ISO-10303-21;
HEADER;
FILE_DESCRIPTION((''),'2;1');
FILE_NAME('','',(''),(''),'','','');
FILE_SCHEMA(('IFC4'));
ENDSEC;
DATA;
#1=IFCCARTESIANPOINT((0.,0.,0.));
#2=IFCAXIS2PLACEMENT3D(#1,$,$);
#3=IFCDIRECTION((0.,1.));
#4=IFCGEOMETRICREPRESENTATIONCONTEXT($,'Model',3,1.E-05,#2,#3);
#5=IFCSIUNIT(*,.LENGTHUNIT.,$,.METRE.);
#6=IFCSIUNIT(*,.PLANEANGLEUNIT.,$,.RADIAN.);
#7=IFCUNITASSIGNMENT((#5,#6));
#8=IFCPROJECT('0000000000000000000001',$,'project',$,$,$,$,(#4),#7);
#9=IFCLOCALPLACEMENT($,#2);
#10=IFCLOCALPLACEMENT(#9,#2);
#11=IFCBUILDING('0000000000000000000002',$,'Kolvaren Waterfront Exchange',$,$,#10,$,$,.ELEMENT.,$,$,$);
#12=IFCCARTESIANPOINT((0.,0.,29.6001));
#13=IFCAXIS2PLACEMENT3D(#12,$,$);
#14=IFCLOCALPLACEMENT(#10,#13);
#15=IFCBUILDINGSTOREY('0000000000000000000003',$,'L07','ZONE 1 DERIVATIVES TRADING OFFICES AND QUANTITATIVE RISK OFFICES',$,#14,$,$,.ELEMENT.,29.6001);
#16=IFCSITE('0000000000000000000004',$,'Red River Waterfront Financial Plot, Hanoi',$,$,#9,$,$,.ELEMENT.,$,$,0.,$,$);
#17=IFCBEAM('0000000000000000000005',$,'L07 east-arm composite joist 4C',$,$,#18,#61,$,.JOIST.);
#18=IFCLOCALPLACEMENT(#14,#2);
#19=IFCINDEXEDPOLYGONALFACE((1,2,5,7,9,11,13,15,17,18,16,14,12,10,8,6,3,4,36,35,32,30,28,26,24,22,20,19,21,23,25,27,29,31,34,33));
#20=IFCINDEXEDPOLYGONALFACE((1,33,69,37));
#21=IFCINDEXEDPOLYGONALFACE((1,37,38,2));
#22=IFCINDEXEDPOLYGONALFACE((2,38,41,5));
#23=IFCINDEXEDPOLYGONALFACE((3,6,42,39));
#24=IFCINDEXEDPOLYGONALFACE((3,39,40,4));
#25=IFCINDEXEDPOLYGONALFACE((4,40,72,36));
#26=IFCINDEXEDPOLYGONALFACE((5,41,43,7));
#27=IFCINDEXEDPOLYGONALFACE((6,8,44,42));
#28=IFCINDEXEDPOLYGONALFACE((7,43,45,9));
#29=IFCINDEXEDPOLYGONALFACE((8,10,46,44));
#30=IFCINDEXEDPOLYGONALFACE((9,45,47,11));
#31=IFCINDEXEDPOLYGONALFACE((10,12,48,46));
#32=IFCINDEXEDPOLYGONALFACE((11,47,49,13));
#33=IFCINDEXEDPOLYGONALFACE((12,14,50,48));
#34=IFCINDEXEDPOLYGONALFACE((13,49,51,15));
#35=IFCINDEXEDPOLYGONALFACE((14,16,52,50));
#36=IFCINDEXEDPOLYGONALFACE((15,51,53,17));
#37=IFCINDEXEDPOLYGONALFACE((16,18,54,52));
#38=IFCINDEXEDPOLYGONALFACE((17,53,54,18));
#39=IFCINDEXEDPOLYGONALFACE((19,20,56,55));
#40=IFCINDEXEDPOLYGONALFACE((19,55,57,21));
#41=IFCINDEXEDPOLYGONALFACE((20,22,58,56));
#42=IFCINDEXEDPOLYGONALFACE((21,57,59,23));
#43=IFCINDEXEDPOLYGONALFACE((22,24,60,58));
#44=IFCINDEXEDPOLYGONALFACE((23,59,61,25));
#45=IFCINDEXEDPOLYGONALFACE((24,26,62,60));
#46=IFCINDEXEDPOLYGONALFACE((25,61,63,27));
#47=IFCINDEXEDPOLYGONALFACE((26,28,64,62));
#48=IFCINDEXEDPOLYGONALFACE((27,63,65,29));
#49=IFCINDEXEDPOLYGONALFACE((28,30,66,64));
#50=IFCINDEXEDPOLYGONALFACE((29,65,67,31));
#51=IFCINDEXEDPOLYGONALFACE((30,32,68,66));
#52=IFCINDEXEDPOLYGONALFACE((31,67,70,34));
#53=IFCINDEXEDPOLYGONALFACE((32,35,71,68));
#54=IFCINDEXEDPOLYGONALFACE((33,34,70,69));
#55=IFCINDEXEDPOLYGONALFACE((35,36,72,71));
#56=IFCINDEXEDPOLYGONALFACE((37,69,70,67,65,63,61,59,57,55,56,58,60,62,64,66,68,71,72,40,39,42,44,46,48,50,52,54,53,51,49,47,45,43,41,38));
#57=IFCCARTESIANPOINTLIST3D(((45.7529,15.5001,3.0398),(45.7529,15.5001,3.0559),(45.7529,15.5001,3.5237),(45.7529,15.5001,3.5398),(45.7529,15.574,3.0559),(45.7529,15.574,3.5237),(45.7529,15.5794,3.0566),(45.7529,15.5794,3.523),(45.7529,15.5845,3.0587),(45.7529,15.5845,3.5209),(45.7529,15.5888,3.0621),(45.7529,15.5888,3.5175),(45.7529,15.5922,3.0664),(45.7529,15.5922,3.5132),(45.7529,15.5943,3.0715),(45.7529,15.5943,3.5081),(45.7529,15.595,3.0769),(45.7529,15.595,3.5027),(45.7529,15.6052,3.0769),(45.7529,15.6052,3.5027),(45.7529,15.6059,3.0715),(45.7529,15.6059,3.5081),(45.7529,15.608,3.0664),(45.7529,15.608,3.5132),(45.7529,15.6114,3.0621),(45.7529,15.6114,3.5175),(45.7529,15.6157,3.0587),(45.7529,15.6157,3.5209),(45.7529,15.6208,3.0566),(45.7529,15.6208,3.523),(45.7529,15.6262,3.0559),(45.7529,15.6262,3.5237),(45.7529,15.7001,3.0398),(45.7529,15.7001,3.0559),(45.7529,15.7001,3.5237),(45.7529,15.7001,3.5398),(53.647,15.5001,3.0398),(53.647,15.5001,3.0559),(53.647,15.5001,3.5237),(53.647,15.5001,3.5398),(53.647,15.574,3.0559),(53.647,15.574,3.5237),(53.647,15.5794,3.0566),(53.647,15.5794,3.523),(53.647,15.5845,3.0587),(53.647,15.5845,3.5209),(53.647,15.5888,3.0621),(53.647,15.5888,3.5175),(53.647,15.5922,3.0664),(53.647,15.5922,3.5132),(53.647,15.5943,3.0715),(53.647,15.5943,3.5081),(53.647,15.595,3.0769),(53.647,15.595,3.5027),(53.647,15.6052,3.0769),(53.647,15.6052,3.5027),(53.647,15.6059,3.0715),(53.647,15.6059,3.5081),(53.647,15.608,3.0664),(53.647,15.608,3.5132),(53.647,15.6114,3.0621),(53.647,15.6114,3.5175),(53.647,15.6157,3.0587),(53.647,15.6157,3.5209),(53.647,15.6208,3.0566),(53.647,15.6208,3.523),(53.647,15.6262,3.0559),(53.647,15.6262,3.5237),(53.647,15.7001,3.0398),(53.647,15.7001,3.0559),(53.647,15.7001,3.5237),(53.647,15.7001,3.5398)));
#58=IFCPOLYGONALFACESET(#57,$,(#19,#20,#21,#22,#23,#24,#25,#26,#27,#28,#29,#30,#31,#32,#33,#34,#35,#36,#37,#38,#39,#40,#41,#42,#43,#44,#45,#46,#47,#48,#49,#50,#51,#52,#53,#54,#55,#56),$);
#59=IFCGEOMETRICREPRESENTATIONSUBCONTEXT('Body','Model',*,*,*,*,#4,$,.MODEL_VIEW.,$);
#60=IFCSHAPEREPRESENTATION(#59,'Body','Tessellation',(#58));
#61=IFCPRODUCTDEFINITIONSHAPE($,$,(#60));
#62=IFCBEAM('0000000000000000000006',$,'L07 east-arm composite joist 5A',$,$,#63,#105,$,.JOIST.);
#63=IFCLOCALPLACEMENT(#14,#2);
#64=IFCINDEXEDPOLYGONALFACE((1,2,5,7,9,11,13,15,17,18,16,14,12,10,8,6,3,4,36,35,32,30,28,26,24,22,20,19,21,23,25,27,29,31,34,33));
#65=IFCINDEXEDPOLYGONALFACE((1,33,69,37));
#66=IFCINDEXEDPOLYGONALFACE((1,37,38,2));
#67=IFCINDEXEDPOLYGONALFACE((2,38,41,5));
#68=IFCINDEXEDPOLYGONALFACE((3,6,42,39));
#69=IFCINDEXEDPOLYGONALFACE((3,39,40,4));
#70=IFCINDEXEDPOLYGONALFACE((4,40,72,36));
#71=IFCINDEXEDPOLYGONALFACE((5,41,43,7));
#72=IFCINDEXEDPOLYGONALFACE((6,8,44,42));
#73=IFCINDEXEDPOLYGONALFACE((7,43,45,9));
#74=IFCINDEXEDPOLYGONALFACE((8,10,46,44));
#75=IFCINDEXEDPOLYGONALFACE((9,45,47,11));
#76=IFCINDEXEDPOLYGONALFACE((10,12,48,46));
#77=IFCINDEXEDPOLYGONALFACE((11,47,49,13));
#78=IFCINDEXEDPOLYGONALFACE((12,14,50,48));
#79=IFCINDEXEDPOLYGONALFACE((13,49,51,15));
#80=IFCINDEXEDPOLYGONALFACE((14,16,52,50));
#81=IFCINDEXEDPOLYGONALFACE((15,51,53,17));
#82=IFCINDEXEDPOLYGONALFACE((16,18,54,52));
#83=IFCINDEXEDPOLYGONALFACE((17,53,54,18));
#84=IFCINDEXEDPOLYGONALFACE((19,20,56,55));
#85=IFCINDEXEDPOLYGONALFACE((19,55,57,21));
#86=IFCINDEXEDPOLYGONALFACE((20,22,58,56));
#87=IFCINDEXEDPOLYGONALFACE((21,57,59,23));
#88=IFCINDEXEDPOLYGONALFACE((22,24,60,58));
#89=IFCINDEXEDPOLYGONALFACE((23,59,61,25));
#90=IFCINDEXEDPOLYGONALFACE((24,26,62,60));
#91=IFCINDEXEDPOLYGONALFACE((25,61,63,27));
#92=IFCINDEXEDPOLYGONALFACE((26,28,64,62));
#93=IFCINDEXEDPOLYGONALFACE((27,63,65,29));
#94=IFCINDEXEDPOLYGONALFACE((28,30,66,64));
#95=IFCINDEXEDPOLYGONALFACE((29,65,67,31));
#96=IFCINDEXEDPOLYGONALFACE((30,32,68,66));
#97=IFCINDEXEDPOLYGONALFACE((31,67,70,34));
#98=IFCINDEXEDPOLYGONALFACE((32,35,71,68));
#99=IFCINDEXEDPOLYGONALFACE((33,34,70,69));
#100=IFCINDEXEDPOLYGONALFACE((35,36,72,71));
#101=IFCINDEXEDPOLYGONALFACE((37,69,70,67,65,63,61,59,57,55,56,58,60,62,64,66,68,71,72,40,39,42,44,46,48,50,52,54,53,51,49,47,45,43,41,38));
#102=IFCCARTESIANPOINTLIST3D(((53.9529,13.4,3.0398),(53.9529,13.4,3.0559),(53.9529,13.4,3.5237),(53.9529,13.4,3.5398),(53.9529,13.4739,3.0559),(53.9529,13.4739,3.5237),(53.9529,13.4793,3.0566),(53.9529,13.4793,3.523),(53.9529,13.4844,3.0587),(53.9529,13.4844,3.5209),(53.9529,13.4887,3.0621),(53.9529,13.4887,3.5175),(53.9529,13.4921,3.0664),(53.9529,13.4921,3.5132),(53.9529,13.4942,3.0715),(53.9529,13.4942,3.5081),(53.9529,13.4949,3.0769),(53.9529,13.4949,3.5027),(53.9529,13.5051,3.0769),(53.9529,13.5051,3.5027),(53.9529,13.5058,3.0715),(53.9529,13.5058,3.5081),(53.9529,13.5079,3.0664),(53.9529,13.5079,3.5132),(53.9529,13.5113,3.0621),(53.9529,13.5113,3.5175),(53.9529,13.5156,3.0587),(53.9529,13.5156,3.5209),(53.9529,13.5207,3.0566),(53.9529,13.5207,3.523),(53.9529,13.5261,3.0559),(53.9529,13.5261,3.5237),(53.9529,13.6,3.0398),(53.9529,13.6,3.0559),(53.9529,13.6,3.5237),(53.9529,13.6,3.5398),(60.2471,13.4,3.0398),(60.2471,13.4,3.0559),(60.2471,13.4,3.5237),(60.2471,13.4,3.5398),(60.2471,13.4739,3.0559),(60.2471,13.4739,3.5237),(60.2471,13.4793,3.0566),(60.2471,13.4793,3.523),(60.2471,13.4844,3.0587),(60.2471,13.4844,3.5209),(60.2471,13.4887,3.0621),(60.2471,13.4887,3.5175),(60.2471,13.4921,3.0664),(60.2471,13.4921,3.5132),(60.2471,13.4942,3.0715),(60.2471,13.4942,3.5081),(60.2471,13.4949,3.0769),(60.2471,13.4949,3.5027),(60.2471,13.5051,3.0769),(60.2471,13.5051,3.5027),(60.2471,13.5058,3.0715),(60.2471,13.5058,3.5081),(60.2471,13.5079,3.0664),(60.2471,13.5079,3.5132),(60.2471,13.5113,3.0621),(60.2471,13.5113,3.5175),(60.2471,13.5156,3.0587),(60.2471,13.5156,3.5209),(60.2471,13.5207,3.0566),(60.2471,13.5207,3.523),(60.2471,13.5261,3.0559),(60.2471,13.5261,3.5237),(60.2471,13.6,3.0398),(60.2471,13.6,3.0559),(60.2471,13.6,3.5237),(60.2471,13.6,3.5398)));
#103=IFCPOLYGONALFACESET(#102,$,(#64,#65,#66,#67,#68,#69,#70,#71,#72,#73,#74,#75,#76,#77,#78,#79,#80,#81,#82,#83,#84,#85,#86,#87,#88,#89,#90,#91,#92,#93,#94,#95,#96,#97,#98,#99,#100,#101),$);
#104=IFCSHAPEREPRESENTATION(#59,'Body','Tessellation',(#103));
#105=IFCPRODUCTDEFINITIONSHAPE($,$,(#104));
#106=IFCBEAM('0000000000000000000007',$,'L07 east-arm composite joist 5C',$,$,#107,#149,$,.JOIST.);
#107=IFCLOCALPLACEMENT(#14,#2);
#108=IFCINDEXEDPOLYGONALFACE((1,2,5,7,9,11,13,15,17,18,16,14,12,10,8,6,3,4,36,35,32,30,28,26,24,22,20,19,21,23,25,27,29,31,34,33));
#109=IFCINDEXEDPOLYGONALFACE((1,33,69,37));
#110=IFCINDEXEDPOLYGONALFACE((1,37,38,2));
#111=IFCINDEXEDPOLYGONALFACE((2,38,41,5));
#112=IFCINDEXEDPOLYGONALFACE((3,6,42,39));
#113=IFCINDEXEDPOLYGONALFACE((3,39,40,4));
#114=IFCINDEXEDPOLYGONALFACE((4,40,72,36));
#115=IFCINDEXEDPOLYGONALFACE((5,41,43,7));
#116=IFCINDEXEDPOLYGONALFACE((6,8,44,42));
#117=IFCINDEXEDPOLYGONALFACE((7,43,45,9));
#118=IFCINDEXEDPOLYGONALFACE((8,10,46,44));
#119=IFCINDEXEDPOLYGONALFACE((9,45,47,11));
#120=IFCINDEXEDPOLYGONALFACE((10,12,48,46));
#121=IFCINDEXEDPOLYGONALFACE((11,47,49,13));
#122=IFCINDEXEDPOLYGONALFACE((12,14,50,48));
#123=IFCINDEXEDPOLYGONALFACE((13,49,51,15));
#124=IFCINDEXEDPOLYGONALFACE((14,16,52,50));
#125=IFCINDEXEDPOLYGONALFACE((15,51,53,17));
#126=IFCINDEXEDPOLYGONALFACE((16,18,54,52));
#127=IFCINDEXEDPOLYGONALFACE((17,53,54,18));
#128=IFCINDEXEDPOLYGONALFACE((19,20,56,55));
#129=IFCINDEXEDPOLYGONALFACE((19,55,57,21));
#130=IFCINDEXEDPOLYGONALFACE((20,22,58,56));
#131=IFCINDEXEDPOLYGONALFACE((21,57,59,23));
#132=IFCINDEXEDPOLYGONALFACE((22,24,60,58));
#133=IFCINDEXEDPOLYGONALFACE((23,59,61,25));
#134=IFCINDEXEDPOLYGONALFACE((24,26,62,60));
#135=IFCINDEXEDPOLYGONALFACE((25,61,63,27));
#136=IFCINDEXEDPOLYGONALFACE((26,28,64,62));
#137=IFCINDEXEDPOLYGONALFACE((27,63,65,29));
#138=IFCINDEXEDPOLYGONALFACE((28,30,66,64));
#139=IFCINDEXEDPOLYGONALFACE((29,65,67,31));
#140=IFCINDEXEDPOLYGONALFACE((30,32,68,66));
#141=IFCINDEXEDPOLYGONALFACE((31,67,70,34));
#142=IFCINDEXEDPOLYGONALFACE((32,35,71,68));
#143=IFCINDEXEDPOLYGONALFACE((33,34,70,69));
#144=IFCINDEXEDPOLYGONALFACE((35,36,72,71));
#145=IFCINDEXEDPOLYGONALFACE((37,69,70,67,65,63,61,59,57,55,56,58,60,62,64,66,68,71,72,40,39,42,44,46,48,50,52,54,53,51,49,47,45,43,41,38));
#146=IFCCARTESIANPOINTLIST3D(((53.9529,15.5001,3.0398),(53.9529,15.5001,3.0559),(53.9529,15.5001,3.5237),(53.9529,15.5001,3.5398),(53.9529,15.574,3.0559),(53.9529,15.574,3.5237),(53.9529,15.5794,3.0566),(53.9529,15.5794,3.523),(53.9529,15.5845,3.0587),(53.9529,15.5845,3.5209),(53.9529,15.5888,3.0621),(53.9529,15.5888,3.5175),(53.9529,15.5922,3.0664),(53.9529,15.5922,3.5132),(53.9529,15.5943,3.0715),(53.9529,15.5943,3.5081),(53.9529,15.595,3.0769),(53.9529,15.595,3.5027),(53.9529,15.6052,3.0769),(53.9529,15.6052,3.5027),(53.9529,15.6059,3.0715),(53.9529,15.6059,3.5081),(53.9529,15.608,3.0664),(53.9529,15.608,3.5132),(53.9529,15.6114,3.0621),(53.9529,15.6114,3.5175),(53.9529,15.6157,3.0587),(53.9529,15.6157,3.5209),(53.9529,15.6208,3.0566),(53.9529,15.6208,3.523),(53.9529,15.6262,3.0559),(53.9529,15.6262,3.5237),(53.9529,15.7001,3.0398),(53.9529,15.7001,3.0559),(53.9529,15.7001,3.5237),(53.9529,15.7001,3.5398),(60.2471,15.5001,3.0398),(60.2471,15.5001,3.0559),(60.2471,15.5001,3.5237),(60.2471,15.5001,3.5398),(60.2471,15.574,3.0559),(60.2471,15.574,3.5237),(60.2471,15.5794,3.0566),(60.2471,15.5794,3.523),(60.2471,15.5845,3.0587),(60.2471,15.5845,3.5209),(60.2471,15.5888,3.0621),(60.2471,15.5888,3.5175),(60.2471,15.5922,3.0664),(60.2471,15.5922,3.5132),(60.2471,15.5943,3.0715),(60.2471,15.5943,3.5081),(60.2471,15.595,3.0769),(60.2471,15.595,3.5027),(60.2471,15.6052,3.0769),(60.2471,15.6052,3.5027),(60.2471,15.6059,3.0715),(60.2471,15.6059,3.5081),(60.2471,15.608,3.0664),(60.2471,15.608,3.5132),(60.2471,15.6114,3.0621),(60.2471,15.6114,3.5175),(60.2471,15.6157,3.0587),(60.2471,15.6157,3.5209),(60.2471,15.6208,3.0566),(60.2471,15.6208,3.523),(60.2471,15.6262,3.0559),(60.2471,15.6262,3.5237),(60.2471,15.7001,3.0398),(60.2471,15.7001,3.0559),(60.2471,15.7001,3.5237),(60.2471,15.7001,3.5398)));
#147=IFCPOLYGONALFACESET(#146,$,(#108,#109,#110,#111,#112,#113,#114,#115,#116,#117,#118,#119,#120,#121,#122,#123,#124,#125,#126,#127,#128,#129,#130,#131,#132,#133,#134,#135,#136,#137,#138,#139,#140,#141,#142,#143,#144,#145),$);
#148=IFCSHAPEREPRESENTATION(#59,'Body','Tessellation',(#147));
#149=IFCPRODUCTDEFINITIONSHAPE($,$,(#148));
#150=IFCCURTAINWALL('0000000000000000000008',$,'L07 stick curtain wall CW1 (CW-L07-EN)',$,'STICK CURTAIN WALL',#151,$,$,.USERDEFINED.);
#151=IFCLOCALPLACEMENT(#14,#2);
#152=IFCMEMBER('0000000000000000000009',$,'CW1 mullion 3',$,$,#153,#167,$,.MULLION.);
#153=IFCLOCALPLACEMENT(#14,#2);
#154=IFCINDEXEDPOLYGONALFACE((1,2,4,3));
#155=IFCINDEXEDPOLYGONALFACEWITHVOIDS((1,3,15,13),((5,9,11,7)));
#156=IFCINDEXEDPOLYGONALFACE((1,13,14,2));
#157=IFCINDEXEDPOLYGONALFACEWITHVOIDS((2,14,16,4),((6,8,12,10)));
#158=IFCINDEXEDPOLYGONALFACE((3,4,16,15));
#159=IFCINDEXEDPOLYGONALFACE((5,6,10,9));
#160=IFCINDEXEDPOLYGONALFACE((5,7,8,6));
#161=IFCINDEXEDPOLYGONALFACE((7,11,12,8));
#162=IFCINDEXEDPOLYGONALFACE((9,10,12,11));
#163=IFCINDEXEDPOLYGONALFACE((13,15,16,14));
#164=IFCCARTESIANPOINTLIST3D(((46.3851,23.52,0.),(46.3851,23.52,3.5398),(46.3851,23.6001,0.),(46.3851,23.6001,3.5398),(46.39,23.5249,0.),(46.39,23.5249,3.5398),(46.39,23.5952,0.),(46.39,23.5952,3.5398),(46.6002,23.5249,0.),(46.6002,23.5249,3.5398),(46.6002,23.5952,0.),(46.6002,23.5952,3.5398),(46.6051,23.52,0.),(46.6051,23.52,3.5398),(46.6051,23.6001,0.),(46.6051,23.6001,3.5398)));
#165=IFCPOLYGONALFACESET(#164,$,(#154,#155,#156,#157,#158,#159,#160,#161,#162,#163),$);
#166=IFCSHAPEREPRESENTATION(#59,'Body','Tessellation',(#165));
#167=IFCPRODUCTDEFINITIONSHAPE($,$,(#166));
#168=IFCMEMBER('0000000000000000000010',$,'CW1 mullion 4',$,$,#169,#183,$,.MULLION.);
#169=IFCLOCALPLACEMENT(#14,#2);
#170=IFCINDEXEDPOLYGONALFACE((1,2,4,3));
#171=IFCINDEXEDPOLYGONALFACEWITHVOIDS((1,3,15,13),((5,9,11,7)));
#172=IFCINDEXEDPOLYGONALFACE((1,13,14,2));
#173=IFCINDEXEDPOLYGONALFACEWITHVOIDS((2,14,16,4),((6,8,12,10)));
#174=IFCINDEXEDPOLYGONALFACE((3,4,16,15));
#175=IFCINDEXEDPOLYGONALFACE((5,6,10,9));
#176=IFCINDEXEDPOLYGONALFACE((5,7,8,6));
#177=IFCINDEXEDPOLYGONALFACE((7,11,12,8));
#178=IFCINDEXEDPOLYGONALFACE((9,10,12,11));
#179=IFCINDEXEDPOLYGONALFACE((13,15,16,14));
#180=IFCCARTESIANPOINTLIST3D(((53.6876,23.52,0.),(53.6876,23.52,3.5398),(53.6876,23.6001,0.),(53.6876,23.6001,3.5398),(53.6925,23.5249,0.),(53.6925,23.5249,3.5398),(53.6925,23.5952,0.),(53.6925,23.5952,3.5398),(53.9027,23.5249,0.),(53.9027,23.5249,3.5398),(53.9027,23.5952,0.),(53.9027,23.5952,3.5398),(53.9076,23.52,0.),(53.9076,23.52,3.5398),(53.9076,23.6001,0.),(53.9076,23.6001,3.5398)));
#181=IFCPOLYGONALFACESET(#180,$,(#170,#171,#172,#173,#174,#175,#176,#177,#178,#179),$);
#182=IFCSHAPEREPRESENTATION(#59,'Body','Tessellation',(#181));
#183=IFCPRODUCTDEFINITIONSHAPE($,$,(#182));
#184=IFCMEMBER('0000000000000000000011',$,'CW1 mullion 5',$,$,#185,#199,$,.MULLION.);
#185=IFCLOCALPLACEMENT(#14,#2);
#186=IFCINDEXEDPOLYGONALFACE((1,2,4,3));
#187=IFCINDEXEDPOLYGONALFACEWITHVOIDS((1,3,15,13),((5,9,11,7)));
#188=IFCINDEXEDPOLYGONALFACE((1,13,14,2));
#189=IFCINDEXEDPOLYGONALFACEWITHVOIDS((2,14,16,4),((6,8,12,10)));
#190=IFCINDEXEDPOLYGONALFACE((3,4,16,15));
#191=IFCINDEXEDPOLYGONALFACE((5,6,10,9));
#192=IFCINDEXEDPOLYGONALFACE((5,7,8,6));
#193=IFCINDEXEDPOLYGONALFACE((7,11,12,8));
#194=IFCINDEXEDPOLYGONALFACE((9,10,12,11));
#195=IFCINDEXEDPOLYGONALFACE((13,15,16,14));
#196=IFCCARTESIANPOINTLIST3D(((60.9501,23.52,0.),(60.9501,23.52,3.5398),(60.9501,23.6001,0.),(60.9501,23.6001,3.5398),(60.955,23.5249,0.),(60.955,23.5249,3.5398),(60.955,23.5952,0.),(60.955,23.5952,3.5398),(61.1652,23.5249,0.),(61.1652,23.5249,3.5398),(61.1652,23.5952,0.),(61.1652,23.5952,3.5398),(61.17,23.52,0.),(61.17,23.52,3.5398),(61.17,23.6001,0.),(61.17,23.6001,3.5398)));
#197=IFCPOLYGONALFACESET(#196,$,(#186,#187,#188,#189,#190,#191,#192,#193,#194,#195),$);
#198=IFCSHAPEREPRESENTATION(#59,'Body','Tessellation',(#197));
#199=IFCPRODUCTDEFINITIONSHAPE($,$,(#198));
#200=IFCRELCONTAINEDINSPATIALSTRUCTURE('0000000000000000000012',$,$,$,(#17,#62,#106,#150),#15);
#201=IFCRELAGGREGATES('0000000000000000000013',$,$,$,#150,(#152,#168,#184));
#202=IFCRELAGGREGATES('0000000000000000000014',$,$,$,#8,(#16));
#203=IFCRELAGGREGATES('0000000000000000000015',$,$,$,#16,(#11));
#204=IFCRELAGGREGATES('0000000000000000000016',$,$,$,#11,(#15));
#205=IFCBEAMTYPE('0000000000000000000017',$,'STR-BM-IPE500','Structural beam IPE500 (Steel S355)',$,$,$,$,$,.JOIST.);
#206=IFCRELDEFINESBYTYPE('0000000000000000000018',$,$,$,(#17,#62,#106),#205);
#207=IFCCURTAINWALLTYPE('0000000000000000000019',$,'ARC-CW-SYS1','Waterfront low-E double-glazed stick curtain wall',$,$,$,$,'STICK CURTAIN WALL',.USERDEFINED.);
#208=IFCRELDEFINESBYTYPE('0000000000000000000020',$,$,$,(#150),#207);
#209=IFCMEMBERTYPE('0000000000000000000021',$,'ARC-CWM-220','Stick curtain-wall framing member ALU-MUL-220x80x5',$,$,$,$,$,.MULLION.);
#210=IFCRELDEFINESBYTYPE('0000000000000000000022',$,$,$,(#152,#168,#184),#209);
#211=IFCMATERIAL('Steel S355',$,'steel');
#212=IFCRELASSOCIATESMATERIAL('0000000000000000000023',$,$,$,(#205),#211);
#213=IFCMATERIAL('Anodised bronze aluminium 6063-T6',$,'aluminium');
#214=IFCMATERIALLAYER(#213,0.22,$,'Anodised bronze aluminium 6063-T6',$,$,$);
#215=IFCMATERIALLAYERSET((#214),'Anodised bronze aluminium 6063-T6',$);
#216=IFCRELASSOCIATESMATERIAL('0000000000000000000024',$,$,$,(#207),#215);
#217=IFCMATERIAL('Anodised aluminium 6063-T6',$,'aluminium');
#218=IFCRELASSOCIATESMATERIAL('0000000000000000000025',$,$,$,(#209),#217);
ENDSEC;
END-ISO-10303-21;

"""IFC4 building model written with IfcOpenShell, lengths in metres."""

from ifc_helpers import new_model, si_unit, direction, frame, origin, origin_with_axes, origin_2d, place, context, subcontext, project, spatial, hollow_rectangle, i_section, extrude, source, transform, mapped, material, layer, layer_set, material_profile, profile_set, type_object, element, aggregate, save


model = new_model("IFC4")

# Units and contexts
model_context = context("Model", 3, precision=1e-05, world=origin(), true_north=direction((0.0, 1.0)))
body_context = subcontext(model_context, "Body", "Model", "MODEL_VIEW")
ifc_project = project(units=[si_unit("LENGTHUNIT", "METRE"), si_unit("PLANEANGLEUNIT", "RADIAN")], contexts=[model_context])

# Site, building, storey
site_placement = place(None, origin())
site = spatial("IfcSite", under=ifc_project, at=site_placement, Name="Red River Waterfront Financial Plot, Hanoi", CompositionType="ELEMENT", RefElevation=0.0)
building_placement = place(site_placement, origin())
building = spatial("IfcBuilding", under=site, at=building_placement, Name="Kolvaren Waterfront Exchange", CompositionType="ELEMENT")
storey_placement = place(building_placement, frame((0.0, 0.0, 29.6001)))
storey = spatial("IfcBuildingStorey", under=building, at=storey_placement, Name="L07", Description="ZONE 1 DERIVATIVES TRADING OFFICES AND QUANTITATIVE RISK OFFICES", CompositionType="ELEMENT", Elevation=29.6001)

# Beams
ifc_material_1 = material(Name="Steel S355", Category="steel")
ifc_material_profile_1 = material_profile(ifc_material_1, i_section(OverallWidth=0.2, OverallDepth=0.5, WebThickness=0.0103, FlangeThickness=0.0161, FilletRadius=0.021, at=origin_2d()), Name="IPE500")
ifc_profile_set_1 = profile_set([ifc_material_profile_1], Name="Steel S355")
beam_type_1 = type_object("IfcBeamType", Name="STR-BM-IPE500", Description="Structural beam IPE500 (Steel S355)", PredefinedType="JOIST", material=ifc_profile_set_1)
for number, where, z_axis, x_axis, name in (
    (1, (45.7529, 15.6001, 3.2898), (1.0, 0.0, 0.0), (0.0, 1.0, 0.0), "L07 east-arm composite joist 4C"),
):
    element("IfcBeam", number, at=place(storey_placement, frame(where, z_axis=z_axis, x_axis=x_axis)), inside=storey, type_object=beam_type_1, Name=name, PredefinedType="JOIST", context=body_context, shape_type="SweptSolid", body=[
        extrude(i_section(OverallWidth=0.2, OverallDepth=0.5, WebThickness=0.0103, FlangeThickness=0.0161, FilletRadius=0.021, at=origin_2d()), origin(), (0.0, 0.0, 1.0), 7.894),
    ])
for number, where, z_axis, x_axis, name in (
    (2, (53.9529, 13.5, 3.2898), (1.0, 0.0, 0.0), (0.0, 1.0, 0.0), "L07 east-arm composite joist 5A"),
    (3, (53.9529, 15.6001, 3.2898), (1.0, 0.0, 0.0), (0.0, 1.0, 0.0), "L07 east-arm composite joist 5C"),
):
    element("IfcBeam", number, at=place(storey_placement, frame(where, z_axis=z_axis, x_axis=x_axis)), inside=storey, type_object=beam_type_1, Name=name, PredefinedType="JOIST", context=body_context, shape_type="SweptSolid", body=[
        extrude(i_section(OverallWidth=0.2, OverallDepth=0.5, WebThickness=0.0103, FlangeThickness=0.0161, FilletRadius=0.021, at=origin_2d()), origin(), (0.0, 0.0, 1.0), 6.2942),
    ])

# Curtain wall, members
ifc_material_2 = material(Name="Anodised bronze aluminium 6063-T6", Category="aluminium")
ifc_layer_1 = layer(ifc_material_2, 0.22, Name="Anodised bronze aluminium 6063-T6")
ifc_layer_set_1 = layer_set([ifc_layer_1], Name="Anodised bronze aluminium 6063-T6")
curtain_wall_type = type_object("IfcCurtainWallType", Name="ARC-CW-SYS1", Description="Waterfront low-E double-glazed stick curtain wall", ElementType="STICK CURTAIN WALL", PredefinedType="USERDEFINED", material=ifc_layer_set_1)
curtain_wall_placement = place(storey_placement, origin())
curtain_wall = element("IfcCurtainWall", 4, at=curtain_wall_placement, inside=storey, type_object=curtain_wall_type, Name="L07 stick curtain wall CW1 (CW-L07-EN)", ObjectType="STICK CURTAIN WALL", PredefinedType="USERDEFINED")
ifc_material_3 = material(Name="Anodised aluminium 6063-T6", Category="aluminium")
ifc_material_profile_2 = material_profile(ifc_material_3, hollow_rectangle(XDim=0.0801, YDim=0.22, WallThickness=0.0049, at=origin_2d()), Name="ALU-MUL-220x80x5")
ifc_profile_set_2 = profile_set([ifc_material_profile_2], Name="Anodised aluminium 6063-T6")
member_type_1 = type_object("IfcMemberType", Name="ARC-CWM-220", Description="Stick curtain-wall framing member ALU-MUL-220x80x5", PredefinedType="MULLION", material=ifc_profile_set_2)
shared_shape_1 = source(origin_with_axes(), body_context, "Body", "SweptSolid", [
    extrude(hollow_rectangle(XDim=0.0801, YDim=0.22, WallThickness=0.0049, at=origin_2d()), origin(), (0.0, 0.0, 1.0), 3.5398),
])
member_1_placement = place(storey_placement, frame((46.4951, 23.5601, 0.0), z_axis=(0.0, 0.0, 1.0), x_axis=(0.0, 1.0, 0.0)))
member_1 = element("IfcMember", 5, at=member_1_placement, type_object=member_type_1, Name="CW1 mullion 3", PredefinedType="MULLION", context=body_context, shape_type="MappedRepresentation", body=[
    mapped(shared_shape_1, transform((0.0, 0.0, 0.0), x_axis=(1.0, 0.0, 0.0), y_axis=(0.0, 1.0, 0.0), z_axis=(0.0, 0.0, 1.0), scale=1.0)),
])
member_2_placement = place(storey_placement, frame((53.7976, 23.5601, 0.0), z_axis=(0.0, 0.0, 1.0), x_axis=(0.0, 1.0, 0.0)))
member_2 = element("IfcMember", 6, at=member_2_placement, type_object=member_type_1, Name="CW1 mullion 4", PredefinedType="MULLION", context=body_context, shape_type="MappedRepresentation", body=[
    mapped(shared_shape_1, transform((0.0, 0.0, 0.0), x_axis=(1.0, 0.0, 0.0), y_axis=(0.0, 1.0, 0.0), z_axis=(0.0, 0.0, 1.0), scale=1.0)),
])
member_3_placement = place(storey_placement, frame((61.0601, 23.5601, 0.0), z_axis=(0.0, 0.0, 1.0), x_axis=(0.0, 1.0, 0.0)))
member_3 = element("IfcMember", 7, at=member_3_placement, type_object=member_type_1, Name="CW1 mullion 5", PredefinedType="MULLION", context=body_context, shape_type="MappedRepresentation", body=[
    mapped(shared_shape_1, transform((0.0, 0.0, 0.0), x_axis=(1.0, 0.0, 0.0), y_axis=(0.0, 1.0, 0.0), z_axis=(0.0, 0.0, 1.0), scale=1.0)),
])
aggregate(curtain_wall, [member_1, member_2, member_3])

save(model, "model.ifc")
